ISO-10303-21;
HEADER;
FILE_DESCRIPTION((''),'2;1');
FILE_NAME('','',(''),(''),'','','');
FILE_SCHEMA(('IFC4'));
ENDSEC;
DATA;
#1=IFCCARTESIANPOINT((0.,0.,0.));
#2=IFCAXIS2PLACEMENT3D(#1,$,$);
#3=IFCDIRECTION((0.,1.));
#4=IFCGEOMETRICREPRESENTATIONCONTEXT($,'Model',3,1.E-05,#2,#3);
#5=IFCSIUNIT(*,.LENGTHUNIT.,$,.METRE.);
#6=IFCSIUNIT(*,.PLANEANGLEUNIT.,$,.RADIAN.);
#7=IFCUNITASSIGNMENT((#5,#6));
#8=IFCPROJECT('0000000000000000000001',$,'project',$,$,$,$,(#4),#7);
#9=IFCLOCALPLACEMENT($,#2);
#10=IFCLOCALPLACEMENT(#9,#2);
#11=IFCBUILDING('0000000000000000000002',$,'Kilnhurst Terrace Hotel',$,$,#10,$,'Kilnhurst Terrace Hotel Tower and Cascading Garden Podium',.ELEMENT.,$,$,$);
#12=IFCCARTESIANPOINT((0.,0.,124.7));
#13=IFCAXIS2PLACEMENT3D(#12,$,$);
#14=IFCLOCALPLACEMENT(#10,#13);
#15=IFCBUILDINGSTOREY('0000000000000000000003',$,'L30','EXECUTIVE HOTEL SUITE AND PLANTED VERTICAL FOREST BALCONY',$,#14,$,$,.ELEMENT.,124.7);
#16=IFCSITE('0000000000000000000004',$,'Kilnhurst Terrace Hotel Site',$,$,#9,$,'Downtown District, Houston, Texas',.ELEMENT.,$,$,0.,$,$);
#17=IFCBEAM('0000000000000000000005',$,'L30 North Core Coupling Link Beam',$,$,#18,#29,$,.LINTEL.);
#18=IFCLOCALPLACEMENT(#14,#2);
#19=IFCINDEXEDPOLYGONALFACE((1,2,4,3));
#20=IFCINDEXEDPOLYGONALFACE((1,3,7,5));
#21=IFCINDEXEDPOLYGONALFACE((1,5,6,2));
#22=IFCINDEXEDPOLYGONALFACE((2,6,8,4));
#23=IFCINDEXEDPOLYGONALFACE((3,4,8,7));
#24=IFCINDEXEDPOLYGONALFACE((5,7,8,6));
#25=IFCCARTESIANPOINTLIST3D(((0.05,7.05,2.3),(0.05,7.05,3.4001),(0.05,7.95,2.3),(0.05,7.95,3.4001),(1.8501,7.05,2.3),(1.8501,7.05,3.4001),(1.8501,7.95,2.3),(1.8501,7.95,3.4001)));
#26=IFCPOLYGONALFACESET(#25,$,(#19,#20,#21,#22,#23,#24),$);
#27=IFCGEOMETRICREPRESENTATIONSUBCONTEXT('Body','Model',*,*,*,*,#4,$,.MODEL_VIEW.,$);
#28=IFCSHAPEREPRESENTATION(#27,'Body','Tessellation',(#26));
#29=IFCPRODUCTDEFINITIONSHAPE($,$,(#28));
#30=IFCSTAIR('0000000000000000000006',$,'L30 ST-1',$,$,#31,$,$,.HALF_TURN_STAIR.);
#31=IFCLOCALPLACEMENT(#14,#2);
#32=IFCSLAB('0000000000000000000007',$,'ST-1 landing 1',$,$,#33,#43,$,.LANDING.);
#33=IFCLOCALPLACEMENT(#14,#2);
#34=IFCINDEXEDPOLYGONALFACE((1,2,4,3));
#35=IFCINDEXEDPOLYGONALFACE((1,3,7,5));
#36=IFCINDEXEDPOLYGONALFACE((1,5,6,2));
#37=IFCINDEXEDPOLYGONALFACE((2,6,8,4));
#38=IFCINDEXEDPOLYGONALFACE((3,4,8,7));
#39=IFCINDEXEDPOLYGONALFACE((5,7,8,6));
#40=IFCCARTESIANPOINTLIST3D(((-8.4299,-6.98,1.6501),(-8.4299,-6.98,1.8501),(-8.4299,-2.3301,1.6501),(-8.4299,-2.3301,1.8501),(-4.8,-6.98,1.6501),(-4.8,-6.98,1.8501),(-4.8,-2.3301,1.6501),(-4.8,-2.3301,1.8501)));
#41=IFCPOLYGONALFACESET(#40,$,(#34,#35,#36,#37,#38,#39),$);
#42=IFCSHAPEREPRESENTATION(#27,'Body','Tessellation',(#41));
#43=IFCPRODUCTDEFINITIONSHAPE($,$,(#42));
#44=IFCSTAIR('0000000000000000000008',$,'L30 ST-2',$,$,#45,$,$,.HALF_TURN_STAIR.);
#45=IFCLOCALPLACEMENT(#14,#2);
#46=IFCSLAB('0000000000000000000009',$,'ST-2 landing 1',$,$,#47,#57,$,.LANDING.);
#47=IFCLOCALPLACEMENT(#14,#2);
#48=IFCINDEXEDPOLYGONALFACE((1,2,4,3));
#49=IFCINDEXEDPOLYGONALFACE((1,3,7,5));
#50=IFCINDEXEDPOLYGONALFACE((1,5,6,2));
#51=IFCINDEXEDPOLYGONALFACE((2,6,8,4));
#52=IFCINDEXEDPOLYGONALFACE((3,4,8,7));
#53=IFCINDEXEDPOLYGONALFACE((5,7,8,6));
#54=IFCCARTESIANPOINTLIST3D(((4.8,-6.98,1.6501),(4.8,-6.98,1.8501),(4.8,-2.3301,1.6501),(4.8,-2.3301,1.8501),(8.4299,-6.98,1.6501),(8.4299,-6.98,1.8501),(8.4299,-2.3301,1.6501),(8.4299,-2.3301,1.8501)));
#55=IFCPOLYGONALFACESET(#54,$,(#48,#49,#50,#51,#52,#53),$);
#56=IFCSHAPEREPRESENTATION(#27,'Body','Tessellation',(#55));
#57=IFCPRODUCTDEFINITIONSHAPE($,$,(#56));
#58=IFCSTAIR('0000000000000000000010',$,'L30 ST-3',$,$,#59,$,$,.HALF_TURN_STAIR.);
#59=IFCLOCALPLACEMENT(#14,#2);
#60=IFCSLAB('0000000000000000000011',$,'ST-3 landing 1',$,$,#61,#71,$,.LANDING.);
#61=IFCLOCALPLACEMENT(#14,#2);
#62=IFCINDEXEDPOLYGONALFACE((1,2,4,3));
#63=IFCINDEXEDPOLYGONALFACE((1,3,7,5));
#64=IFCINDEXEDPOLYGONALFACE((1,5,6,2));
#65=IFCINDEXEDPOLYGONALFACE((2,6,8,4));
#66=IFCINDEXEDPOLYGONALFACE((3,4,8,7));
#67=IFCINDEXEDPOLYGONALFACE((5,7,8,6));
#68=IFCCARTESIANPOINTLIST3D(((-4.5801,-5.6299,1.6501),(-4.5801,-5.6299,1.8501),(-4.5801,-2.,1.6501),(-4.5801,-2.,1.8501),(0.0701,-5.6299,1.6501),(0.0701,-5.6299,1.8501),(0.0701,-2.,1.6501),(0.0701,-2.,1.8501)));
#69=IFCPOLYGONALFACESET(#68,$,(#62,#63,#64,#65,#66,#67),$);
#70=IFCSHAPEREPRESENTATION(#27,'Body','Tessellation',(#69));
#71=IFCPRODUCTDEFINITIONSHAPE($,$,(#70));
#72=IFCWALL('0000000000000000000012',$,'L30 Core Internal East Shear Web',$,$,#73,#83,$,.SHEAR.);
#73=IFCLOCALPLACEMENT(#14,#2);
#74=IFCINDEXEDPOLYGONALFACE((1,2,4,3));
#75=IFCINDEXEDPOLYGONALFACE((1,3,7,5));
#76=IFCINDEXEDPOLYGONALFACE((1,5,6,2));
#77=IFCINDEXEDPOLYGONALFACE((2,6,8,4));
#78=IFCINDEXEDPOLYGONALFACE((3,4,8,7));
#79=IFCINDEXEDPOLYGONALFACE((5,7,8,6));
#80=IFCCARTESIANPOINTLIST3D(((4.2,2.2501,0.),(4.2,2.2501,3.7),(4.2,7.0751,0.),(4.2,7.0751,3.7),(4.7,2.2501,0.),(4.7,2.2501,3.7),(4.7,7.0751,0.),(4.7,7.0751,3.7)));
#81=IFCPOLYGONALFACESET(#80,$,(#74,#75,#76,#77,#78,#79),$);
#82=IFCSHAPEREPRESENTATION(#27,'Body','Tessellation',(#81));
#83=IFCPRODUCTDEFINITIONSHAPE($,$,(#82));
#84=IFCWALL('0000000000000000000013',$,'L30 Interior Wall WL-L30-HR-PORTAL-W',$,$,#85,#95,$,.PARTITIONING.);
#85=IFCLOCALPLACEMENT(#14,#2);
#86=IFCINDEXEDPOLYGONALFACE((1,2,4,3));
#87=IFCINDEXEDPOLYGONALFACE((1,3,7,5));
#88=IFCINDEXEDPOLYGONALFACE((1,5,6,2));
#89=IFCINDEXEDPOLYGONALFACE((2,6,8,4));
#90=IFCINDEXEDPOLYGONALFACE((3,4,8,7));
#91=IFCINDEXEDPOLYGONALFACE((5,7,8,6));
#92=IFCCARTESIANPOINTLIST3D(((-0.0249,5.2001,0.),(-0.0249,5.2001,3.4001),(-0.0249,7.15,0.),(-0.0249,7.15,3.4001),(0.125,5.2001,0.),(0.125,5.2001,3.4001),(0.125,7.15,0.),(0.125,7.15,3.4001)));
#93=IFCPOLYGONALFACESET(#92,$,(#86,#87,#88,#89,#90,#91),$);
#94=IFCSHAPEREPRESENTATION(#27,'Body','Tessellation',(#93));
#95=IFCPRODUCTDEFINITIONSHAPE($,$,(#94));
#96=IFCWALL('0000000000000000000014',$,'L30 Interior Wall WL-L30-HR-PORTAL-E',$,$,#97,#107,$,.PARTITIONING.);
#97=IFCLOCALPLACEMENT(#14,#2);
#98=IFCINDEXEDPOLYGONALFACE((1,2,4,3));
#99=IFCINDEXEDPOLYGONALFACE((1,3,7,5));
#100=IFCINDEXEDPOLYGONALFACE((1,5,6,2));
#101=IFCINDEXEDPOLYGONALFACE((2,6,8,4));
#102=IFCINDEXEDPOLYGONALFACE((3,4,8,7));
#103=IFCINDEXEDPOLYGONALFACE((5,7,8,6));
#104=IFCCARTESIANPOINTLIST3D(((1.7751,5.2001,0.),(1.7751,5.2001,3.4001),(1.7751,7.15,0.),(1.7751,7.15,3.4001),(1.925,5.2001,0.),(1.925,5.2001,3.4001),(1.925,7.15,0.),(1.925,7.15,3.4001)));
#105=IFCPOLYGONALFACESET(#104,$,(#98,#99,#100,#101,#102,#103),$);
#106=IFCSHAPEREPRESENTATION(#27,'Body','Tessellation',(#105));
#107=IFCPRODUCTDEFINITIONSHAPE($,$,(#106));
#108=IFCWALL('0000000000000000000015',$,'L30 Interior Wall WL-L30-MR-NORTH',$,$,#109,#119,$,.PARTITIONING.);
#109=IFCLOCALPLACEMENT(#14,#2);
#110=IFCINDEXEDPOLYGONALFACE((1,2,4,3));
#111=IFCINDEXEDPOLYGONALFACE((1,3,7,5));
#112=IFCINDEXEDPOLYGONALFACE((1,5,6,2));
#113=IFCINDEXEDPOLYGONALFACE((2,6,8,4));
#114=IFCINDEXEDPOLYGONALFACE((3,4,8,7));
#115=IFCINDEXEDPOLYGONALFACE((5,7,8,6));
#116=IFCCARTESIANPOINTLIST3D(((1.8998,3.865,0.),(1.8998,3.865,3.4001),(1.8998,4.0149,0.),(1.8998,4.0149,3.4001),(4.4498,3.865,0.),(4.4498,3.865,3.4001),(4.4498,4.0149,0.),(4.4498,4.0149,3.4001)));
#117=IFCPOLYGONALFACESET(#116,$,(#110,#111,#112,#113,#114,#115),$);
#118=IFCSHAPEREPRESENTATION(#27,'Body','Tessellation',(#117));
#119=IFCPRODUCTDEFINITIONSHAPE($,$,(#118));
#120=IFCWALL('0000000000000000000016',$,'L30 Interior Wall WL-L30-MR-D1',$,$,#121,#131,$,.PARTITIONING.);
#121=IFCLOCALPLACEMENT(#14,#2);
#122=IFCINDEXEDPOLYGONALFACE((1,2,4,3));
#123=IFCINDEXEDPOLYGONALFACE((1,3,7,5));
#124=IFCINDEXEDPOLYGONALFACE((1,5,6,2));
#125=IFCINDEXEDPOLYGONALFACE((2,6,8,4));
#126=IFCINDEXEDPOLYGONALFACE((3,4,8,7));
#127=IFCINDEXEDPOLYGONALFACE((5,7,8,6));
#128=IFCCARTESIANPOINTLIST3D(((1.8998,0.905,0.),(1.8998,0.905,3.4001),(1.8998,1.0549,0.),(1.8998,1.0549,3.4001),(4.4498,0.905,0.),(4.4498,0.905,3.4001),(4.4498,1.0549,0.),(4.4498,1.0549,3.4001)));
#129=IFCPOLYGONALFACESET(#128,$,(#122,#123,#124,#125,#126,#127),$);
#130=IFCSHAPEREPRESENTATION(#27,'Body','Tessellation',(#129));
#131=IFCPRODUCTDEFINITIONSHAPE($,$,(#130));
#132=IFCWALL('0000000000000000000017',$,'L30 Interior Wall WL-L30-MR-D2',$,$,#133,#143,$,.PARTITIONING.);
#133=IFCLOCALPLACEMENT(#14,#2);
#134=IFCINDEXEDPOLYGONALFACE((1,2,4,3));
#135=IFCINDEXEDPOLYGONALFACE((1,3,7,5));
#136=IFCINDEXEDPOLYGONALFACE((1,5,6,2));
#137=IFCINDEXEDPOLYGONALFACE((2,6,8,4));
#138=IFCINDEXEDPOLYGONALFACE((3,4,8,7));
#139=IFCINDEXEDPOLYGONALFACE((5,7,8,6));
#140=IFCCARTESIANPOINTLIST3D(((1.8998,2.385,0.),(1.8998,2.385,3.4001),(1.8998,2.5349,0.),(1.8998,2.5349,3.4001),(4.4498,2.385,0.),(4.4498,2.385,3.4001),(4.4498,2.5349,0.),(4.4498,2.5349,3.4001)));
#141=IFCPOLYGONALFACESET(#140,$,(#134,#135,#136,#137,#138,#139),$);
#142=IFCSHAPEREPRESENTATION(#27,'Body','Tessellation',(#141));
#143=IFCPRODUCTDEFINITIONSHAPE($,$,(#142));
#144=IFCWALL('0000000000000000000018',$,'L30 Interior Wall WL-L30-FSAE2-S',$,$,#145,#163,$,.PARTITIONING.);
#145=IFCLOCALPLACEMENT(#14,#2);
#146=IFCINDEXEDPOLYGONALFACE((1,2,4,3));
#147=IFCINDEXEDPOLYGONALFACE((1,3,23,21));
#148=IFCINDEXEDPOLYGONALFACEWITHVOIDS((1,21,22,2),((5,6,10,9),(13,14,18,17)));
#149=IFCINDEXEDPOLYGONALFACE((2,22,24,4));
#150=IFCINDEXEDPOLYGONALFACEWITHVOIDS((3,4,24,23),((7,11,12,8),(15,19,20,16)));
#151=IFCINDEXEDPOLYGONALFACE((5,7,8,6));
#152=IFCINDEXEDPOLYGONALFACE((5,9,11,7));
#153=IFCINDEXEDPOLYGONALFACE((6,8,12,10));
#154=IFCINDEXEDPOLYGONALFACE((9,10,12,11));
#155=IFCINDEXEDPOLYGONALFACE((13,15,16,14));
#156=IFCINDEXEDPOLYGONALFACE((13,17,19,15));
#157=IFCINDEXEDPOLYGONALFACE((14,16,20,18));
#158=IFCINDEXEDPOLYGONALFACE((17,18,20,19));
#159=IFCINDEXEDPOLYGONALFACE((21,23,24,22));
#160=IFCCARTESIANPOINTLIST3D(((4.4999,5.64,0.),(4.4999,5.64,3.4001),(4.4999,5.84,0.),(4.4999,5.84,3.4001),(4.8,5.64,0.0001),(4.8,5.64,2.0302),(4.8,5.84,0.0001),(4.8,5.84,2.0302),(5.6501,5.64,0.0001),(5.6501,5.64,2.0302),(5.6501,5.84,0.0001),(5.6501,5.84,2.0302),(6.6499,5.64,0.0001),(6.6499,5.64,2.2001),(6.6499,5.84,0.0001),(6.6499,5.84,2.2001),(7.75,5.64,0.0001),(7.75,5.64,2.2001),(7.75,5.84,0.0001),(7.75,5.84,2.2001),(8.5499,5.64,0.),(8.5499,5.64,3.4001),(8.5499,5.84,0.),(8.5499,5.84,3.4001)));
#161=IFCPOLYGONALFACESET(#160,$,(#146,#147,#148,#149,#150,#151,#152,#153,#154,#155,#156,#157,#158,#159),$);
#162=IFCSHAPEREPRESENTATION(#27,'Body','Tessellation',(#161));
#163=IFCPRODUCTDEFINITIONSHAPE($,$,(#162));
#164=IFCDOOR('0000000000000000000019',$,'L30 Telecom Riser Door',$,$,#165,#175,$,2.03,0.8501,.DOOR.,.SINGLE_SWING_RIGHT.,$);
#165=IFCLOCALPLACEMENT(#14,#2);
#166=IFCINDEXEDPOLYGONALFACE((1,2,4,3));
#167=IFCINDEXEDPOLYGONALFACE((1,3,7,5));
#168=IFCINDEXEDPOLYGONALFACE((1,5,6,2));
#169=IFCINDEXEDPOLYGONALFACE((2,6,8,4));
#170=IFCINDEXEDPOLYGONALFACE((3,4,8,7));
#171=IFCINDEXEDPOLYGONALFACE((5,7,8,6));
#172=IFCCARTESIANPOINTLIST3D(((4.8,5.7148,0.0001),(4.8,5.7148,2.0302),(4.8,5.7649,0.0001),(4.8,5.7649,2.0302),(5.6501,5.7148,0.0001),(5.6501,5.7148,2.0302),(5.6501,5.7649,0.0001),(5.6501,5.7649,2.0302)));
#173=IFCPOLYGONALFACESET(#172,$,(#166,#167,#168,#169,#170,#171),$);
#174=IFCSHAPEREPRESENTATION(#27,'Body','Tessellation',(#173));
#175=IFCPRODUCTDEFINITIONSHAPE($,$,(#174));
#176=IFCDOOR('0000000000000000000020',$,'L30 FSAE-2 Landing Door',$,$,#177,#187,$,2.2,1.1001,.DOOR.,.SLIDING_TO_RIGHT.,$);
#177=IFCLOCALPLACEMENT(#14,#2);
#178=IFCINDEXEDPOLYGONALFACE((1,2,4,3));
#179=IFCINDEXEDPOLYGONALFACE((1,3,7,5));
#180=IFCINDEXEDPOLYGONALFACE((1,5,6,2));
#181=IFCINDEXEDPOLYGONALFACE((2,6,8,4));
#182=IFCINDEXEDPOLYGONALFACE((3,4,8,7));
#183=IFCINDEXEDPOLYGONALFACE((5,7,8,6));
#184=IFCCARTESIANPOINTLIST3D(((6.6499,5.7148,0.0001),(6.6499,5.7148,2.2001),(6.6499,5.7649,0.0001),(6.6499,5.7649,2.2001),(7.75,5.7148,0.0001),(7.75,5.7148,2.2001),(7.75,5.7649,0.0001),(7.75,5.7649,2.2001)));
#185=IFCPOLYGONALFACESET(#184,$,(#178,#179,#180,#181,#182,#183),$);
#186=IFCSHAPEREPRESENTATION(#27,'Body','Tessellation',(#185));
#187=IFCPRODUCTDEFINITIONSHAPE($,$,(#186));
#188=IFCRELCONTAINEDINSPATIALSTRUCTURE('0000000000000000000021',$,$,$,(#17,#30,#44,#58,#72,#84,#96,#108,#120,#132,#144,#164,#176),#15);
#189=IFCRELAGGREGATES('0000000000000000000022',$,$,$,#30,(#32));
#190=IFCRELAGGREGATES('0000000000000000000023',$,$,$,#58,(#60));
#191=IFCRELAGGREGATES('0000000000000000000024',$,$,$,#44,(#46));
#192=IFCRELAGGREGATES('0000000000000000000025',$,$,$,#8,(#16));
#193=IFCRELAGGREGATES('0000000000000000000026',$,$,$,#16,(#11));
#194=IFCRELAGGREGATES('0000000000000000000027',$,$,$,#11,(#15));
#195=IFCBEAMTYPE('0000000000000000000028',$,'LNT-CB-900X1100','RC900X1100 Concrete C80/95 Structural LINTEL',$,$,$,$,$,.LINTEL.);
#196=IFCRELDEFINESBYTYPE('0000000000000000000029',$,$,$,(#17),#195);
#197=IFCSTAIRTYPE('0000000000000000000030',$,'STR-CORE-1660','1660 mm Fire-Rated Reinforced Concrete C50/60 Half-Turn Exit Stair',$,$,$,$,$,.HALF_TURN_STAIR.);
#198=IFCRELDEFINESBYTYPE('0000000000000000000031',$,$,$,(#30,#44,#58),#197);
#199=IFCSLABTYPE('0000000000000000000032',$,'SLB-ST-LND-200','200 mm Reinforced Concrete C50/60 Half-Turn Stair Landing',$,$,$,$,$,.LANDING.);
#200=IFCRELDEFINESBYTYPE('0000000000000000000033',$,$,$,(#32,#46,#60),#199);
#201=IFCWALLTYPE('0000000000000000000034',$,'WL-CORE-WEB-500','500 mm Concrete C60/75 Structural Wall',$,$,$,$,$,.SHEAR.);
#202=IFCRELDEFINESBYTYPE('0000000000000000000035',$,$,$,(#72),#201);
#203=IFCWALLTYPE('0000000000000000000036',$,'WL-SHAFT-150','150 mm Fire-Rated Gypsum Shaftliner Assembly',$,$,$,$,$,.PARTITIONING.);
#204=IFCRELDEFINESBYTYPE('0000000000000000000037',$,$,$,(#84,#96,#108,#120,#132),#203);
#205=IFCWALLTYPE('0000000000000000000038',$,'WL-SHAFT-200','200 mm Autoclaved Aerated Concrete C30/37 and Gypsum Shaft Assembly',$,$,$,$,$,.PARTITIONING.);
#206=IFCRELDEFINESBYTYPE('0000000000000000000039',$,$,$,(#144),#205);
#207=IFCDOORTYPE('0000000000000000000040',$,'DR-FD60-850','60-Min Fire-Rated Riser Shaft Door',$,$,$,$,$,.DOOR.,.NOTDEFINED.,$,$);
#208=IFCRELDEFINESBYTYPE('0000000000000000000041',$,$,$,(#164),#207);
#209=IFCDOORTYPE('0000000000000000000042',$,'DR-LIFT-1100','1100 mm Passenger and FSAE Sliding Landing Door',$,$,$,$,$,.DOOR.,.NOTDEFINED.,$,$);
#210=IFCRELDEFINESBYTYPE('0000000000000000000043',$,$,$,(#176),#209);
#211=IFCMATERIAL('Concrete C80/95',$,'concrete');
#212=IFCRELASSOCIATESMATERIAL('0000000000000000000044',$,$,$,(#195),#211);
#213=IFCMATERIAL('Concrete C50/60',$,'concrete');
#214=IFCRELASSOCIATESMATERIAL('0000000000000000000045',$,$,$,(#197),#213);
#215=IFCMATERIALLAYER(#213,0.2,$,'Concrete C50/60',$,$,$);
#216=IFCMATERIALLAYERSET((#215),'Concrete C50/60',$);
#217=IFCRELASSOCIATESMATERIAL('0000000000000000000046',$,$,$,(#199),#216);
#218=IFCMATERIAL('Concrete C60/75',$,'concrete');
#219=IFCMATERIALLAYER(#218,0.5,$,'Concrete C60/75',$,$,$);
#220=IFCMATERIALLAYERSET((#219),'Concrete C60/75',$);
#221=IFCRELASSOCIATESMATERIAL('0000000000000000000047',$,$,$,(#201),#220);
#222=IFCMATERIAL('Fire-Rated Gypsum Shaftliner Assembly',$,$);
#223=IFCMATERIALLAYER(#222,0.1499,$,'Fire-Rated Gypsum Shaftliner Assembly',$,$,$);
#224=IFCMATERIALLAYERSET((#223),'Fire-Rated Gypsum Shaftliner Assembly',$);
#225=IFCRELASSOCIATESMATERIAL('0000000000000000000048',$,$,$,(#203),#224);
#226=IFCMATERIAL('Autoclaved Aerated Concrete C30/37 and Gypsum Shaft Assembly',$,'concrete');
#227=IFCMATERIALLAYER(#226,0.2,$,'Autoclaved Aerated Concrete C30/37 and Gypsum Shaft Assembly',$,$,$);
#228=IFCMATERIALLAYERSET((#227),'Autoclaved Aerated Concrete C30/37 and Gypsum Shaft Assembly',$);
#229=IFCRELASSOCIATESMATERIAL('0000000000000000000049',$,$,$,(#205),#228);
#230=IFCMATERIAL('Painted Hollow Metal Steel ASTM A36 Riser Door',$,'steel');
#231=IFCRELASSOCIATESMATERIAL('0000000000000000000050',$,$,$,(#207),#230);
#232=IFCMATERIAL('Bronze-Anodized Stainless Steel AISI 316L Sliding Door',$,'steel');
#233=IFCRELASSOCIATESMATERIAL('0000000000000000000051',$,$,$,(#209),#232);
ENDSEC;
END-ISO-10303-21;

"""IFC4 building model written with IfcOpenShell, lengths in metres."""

from ifc_helpers import new_model, si_unit, direction, frame, frame_2d, origin, origin_2d, place, context, subcontext, project, spatial, polyline, rectangle, outline, extrude, material, layer, layer_set, material_profile, profile_set, type_object, element, fill, aggregate, save


model = new_model("IFC4")

# Units and contexts
model_context = context("Model", 3, precision=1e-05, world=origin(), true_north=direction((0.0, 1.0)))
body_context = subcontext(model_context, "Body", "Model", "MODEL_VIEW")
ifc_project = project(units=[si_unit("LENGTHUNIT", "METRE"), si_unit("PLANEANGLEUNIT", "RADIAN")], contexts=[model_context])

# Site, building, storey
site_placement = place(None, origin())
site = spatial("IfcSite", under=ifc_project, at=site_placement, Name="Kilnhurst Terrace Hotel Site", LongName="Downtown District, Houston, Texas", CompositionType="ELEMENT", RefElevation=0.0)
building_placement = place(site_placement, origin())
building = spatial("IfcBuilding", under=site, at=building_placement, Name="Kilnhurst Terrace Hotel", LongName="Kilnhurst Terrace Hotel Tower and Cascading Garden Podium", CompositionType="ELEMENT")
storey_placement = place(building_placement, frame((0.0, 0.0, 124.7)))
storey = spatial("IfcBuildingStorey", under=building, at=storey_placement, Name="L30", Description="EXECUTIVE HOTEL SUITE AND PLANTED VERTICAL FOREST BALCONY", CompositionType="ELEMENT", Elevation=124.7)

# Beam
ifc_material_1 = material(Name="Concrete C80/95", Category="concrete")
ifc_material_profile = material_profile(ifc_material_1, rectangle(XDim=0.8999, YDim=1.1001, at=origin_2d()), Name="RC900X1100")
ifc_profile_set = profile_set([ifc_material_profile], Name="Concrete C80/95")
beam_type = type_object("IfcBeamType", Name="LNT-CB-900X1100", Description="RC900X1100 Concrete C80/95 Structural LINTEL", PredefinedType="LINTEL", material=ifc_profile_set)
beam_placement = place(storey_placement, frame((0.05, 7.5, 2.8501), z_axis=(1.0, 0.0, 0.0), x_axis=(0.0, 1.0, 0.0)))
element("IfcBeam", 1, at=beam_placement, inside=storey, type_object=beam_type, Name="L30 North Core Coupling Link Beam", PredefinedType="LINTEL", context=body_context, shape_type="SweptSolid", body=[
    extrude(rectangle(XDim=0.8999, YDim=1.1001, at=origin_2d()), origin(), (0.0, 0.0, 1.0), 1.8),
])

# Stairs, slabs
ifc_material_2 = material(Name="Concrete C50/60", Category="concrete")
stair_type = type_object("IfcStairType", Name="STR-CORE-1660", Description="1660 mm Fire-Rated Reinforced Concrete C50/60 Half-Turn Exit Stair", PredefinedType="HALF_TURN_STAIR", material=ifc_material_2)
stair_1_placement = place(storey_placement, origin())
stair_1 = element("IfcStair", 2, at=stair_1_placement, inside=storey, type_object=stair_type, Name="L30 ST-1", PredefinedType="HALF_TURN_STAIR")
ifc_layer_1 = layer(ifc_material_2, 0.2, Name="Concrete C50/60")
ifc_layer_set_1 = layer_set([ifc_layer_1], Name="Concrete C50/60")
slab_type = type_object("IfcSlabType", Name="SLB-ST-LND-200", Description="200 mm Reinforced Concrete C50/60 Half-Turn Stair Landing", PredefinedType="LANDING", material=ifc_layer_set_1)
slab_1_placement = place(storey_placement, frame((0.0, 0.0, 1.6501)))
slab_1 = element("IfcSlab", 3, at=slab_1_placement, type_object=slab_type, Name="ST-1 landing 1", PredefinedType="LANDING", context=body_context, shape_type="SweptSolid", body=[
    extrude(outline(polyline([(-8.4299, -2.3301), (-4.8, -2.3301), (-4.8, -6.98), (-8.4299, -6.98), (-8.4299, -2.3301)])), origin(), (0.0, 0.0, 1.0), 0.2),
])
aggregate(stair_1, [slab_1])
stair_2_placement = place(storey_placement, origin())
stair_2 = element("IfcStair", 4, at=stair_2_placement, inside=storey, type_object=stair_type, Name="L30 ST-2", PredefinedType="HALF_TURN_STAIR")
slab_2_placement = place(storey_placement, frame((0.0, 0.0, 1.6501)))
slab_2 = element("IfcSlab", 5, at=slab_2_placement, type_object=slab_type, Name="ST-2 landing 1", PredefinedType="LANDING", context=body_context, shape_type="SweptSolid", body=[
    extrude(outline(polyline([(4.8, -2.3301), (8.4299, -2.3301), (8.4299, -6.98), (4.8, -6.98), (4.8, -2.3301)])), origin(), (0.0, 0.0, 1.0), 0.2),
])
stair_3_placement = place(storey_placement, origin())
stair_3 = element("IfcStair", 6, at=stair_3_placement, inside=storey, type_object=stair_type, Name="L30 ST-3", PredefinedType="HALF_TURN_STAIR")
slab_3_placement = place(storey_placement, frame((0.0, 0.0, 1.6501)))
slab_3 = element("IfcSlab", 7, at=slab_3_placement, type_object=slab_type, Name="ST-3 landing 1", PredefinedType="LANDING", context=body_context, shape_type="SweptSolid", body=[
    extrude(outline(polyline([(0.0701, -2.0), (0.0701, -5.6299), (-4.5801, -5.6299), (-4.5801, -2.0), (0.0701, -2.0)])), origin(), (0.0, 0.0, 1.0), 0.2),
])
aggregate(stair_3, [slab_3])

# Walls
ifc_material_3 = material(Name="Concrete C60/75", Category="concrete")
ifc_layer_2 = layer(ifc_material_3, 0.5, Name="Concrete C60/75")
ifc_layer_set_2 = layer_set([ifc_layer_2], Name="Concrete C60/75")
wall_type_1 = type_object("IfcWallType", Name="WL-CORE-WEB-500", Description="500 mm Concrete C60/75 Structural Wall", PredefinedType="SHEAR", material=ifc_layer_set_2)
wall_1_placement = place(storey_placement, frame((4.45, 2.25, 0.0), z_axis=(0.0, 0.0, 1.0), x_axis=(0.0, 1.0, 0.0)))
element("IfcWall", 8, at=wall_1_placement, inside=storey, type_object=wall_type_1, Name="L30 Core Internal East Shear Web", PredefinedType="SHEAR", context=body_context, shape_type="SweptSolid", body=[
    extrude(rectangle(XDim=4.825, YDim=0.5, at=frame_2d((2.4126, 0.0))), origin(), (0.0, 0.0, 1.0), 3.7),
])
ifc_material_4 = material(Name="Fire-Rated Gypsum Shaftliner Assembly")
ifc_layer_3 = layer(ifc_material_4, 0.1499, Name="Fire-Rated Gypsum Shaftliner Assembly")
ifc_layer_set_3 = layer_set([ifc_layer_3], Name="Fire-Rated Gypsum Shaftliner Assembly")
wall_type_2 = type_object("IfcWallType", Name="WL-SHAFT-150", Description="150 mm Fire-Rated Gypsum Shaftliner Assembly", PredefinedType="PARTITIONING", material=ifc_layer_set_3)
for number, where, z_axis, x_axis, name in (
    (9, (0.05, 5.2, 0.0), (0.0, 0.0, 1.0), (0.0, 1.0, 0.0), "L30 Interior Wall WL-L30-HR-PORTAL-W"),
    (10, (1.8501, 5.2, 0.0), (0.0, 0.0, 1.0), (0.0, 1.0, 0.0), "L30 Interior Wall WL-L30-HR-PORTAL-E"),
):
    element("IfcWall", number, at=place(storey_placement, frame(where, z_axis=z_axis, x_axis=x_axis)), inside=storey, type_object=wall_type_2, Name=name, PredefinedType="PARTITIONING", context=body_context, shape_type="SweptSolid", body=[
        extrude(rectangle(XDim=1.95, YDim=0.1499, at=frame_2d((0.9751, 0.0))), origin(), (0.0, 0.0, 1.0), 3.4001),
    ])
for number, where, z_axis, x_axis, name in (
    (11, (1.8999, 3.9399, 0.0), (0.0, 0.0, 1.0), (1.0, 0.0, 0.0), "L30 Interior Wall WL-L30-MR-NORTH"),
    (12, (1.8999, 0.98, 0.0), (0.0, 0.0, 1.0), (1.0, 0.0, 0.0), "L30 Interior Wall WL-L30-MR-D1"),
    (13, (1.8999, 2.46, 0.0), (0.0, 0.0, 1.0), (1.0, 0.0, 0.0), "L30 Interior Wall WL-L30-MR-D2"),
):
    element("IfcWall", number, at=place(storey_placement, frame(where, z_axis=z_axis, x_axis=x_axis)), inside=storey, type_object=wall_type_2, Name=name, PredefinedType="PARTITIONING", context=body_context, shape_type="SweptSolid", body=[
        extrude(rectangle(XDim=2.55, YDim=0.1499, at=frame_2d((1.2749, 0.0))), origin(), (0.0, 0.0, 1.0), 3.4001),
    ])

# Wall, openings, doors
ifc_material_5 = material(Name="Autoclaved Aerated Concrete C30/37 and Gypsum Shaft Assembly", Category="concrete")
ifc_layer_4 = layer(ifc_material_5, 0.2, Name="Autoclaved Aerated Concrete C30/37 and Gypsum Shaft Assembly")
ifc_layer_set_4 = layer_set([ifc_layer_4], Name="Autoclaved Aerated Concrete C30/37 and Gypsum Shaft Assembly")
wall_type_3 = type_object("IfcWallType", Name="WL-SHAFT-200", Description="200 mm Autoclaved Aerated Concrete C30/37 and Gypsum Shaft Assembly", PredefinedType="PARTITIONING", material=ifc_layer_set_4)
wall_2_placement = place(storey_placement, frame((4.5, 5.74, 0.0), z_axis=(0.0, 0.0, 1.0), x_axis=(1.0, 0.0, 0.0)))
wall_2 = element("IfcWall", 14, at=wall_2_placement, inside=storey, type_object=wall_type_3, Name="L30 Interior Wall WL-L30-FSAE2-S", PredefinedType="PARTITIONING", context=body_context, shape_type="SweptSolid", body=[
    extrude(rectangle(XDim=4.05, YDim=0.2, at=frame_2d((2.0249, 0.0))), origin(), (0.0, 0.0, 1.0), 3.4001),
])
opening_1_placement = place(wall_2_placement, frame((0.3, 0.0, 0.0)))
opening_1 = element("IfcOpeningElement", 15, at=opening_1_placement, cuts=wall_2, PredefinedType="OPENING", context=body_context, shape_type="SweptSolid", body=[
    extrude(rectangle(XDim=0.8501, YDim=2.03, at=frame_2d((0.425, 1.0151))), frame((0.0, 0.1099, 0.0), z_axis=(0.0, -1.0, 0.0), x_axis=(1.0, 0.0, 0.0)), (0.0, 0.0, 1.0), 0.22),
])
opening_2_placement = place(wall_2_placement, frame((2.1499, 0.0, 0.0)))
opening_2 = element("IfcOpeningElement", 16, at=opening_2_placement, cuts=wall_2, PredefinedType="OPENING", context=body_context, shape_type="SweptSolid", body=[
    extrude(rectangle(XDim=1.1001, YDim=2.2, at=frame_2d((0.55, 1.1001))), frame((0.0, 0.1099, 0.0), z_axis=(0.0, -1.0, 0.0), x_axis=(1.0, 0.0, 0.0)), (0.0, 0.0, 1.0), 0.22),
])
ifc_material_6 = material(Name="Painted Hollow Metal Steel ASTM A36 Riser Door", Category="steel")
door_type_1 = type_object("IfcDoorType", Name="DR-FD60-850", Description="60-Min Fire-Rated Riser Shaft Door", OperationType="NOTDEFINED", PredefinedType="DOOR", material=ifc_material_6)
door_1_placement = place(opening_1_placement, origin())
door_1 = element("IfcDoor", 17, at=door_1_placement, inside=storey, type_object=door_type_1, Name="L30 Telecom Riser Door", OperationType="SINGLE_SWING_RIGHT", OverallHeight=2.03, OverallWidth=0.8501, PredefinedType="DOOR", context=body_context, shape_type="SweptSolid", body=[
    extrude(rectangle(XDim=0.8501, YDim=2.03, at=frame_2d((0.425, 1.0151))), frame((0.0, 0.0249, 0.0), z_axis=(0.0, -1.0, 0.0), x_axis=(1.0, 0.0, 0.0)), (0.0, 0.0, 1.0), 0.05),
])
fill(opening_1, door_1)
ifc_material_7 = material(Name="Bronze-Anodized Stainless Steel AISI 316L Sliding Door", Category="steel")
door_type_2 = type_object("IfcDoorType", Name="DR-LIFT-1100", Description="1100 mm Passenger and FSAE Sliding Landing Door", OperationType="NOTDEFINED", PredefinedType="DOOR", material=ifc_material_7)
door_2_placement = place(opening_2_placement, origin())
door_2 = element("IfcDoor", 18, at=door_2_placement, inside=storey, type_object=door_type_2, Name="L30 FSAE-2 Landing Door", OperationType="SLIDING_TO_RIGHT", OverallHeight=2.2, OverallWidth=1.1001, PredefinedType="DOOR", context=body_context, shape_type="SweptSolid", body=[
    extrude(rectangle(XDim=1.1001, YDim=2.2, at=frame_2d((0.55, 1.1001))), frame((0.0, 0.0249, 0.0), z_axis=(0.0, -1.0, 0.0), x_axis=(1.0, 0.0, 0.0)), (0.0, 0.0, 1.0), 0.05),
])
fill(opening_2, door_2)

aggregate(stair_2, [slab_2])

save(model, "model.ifc")
